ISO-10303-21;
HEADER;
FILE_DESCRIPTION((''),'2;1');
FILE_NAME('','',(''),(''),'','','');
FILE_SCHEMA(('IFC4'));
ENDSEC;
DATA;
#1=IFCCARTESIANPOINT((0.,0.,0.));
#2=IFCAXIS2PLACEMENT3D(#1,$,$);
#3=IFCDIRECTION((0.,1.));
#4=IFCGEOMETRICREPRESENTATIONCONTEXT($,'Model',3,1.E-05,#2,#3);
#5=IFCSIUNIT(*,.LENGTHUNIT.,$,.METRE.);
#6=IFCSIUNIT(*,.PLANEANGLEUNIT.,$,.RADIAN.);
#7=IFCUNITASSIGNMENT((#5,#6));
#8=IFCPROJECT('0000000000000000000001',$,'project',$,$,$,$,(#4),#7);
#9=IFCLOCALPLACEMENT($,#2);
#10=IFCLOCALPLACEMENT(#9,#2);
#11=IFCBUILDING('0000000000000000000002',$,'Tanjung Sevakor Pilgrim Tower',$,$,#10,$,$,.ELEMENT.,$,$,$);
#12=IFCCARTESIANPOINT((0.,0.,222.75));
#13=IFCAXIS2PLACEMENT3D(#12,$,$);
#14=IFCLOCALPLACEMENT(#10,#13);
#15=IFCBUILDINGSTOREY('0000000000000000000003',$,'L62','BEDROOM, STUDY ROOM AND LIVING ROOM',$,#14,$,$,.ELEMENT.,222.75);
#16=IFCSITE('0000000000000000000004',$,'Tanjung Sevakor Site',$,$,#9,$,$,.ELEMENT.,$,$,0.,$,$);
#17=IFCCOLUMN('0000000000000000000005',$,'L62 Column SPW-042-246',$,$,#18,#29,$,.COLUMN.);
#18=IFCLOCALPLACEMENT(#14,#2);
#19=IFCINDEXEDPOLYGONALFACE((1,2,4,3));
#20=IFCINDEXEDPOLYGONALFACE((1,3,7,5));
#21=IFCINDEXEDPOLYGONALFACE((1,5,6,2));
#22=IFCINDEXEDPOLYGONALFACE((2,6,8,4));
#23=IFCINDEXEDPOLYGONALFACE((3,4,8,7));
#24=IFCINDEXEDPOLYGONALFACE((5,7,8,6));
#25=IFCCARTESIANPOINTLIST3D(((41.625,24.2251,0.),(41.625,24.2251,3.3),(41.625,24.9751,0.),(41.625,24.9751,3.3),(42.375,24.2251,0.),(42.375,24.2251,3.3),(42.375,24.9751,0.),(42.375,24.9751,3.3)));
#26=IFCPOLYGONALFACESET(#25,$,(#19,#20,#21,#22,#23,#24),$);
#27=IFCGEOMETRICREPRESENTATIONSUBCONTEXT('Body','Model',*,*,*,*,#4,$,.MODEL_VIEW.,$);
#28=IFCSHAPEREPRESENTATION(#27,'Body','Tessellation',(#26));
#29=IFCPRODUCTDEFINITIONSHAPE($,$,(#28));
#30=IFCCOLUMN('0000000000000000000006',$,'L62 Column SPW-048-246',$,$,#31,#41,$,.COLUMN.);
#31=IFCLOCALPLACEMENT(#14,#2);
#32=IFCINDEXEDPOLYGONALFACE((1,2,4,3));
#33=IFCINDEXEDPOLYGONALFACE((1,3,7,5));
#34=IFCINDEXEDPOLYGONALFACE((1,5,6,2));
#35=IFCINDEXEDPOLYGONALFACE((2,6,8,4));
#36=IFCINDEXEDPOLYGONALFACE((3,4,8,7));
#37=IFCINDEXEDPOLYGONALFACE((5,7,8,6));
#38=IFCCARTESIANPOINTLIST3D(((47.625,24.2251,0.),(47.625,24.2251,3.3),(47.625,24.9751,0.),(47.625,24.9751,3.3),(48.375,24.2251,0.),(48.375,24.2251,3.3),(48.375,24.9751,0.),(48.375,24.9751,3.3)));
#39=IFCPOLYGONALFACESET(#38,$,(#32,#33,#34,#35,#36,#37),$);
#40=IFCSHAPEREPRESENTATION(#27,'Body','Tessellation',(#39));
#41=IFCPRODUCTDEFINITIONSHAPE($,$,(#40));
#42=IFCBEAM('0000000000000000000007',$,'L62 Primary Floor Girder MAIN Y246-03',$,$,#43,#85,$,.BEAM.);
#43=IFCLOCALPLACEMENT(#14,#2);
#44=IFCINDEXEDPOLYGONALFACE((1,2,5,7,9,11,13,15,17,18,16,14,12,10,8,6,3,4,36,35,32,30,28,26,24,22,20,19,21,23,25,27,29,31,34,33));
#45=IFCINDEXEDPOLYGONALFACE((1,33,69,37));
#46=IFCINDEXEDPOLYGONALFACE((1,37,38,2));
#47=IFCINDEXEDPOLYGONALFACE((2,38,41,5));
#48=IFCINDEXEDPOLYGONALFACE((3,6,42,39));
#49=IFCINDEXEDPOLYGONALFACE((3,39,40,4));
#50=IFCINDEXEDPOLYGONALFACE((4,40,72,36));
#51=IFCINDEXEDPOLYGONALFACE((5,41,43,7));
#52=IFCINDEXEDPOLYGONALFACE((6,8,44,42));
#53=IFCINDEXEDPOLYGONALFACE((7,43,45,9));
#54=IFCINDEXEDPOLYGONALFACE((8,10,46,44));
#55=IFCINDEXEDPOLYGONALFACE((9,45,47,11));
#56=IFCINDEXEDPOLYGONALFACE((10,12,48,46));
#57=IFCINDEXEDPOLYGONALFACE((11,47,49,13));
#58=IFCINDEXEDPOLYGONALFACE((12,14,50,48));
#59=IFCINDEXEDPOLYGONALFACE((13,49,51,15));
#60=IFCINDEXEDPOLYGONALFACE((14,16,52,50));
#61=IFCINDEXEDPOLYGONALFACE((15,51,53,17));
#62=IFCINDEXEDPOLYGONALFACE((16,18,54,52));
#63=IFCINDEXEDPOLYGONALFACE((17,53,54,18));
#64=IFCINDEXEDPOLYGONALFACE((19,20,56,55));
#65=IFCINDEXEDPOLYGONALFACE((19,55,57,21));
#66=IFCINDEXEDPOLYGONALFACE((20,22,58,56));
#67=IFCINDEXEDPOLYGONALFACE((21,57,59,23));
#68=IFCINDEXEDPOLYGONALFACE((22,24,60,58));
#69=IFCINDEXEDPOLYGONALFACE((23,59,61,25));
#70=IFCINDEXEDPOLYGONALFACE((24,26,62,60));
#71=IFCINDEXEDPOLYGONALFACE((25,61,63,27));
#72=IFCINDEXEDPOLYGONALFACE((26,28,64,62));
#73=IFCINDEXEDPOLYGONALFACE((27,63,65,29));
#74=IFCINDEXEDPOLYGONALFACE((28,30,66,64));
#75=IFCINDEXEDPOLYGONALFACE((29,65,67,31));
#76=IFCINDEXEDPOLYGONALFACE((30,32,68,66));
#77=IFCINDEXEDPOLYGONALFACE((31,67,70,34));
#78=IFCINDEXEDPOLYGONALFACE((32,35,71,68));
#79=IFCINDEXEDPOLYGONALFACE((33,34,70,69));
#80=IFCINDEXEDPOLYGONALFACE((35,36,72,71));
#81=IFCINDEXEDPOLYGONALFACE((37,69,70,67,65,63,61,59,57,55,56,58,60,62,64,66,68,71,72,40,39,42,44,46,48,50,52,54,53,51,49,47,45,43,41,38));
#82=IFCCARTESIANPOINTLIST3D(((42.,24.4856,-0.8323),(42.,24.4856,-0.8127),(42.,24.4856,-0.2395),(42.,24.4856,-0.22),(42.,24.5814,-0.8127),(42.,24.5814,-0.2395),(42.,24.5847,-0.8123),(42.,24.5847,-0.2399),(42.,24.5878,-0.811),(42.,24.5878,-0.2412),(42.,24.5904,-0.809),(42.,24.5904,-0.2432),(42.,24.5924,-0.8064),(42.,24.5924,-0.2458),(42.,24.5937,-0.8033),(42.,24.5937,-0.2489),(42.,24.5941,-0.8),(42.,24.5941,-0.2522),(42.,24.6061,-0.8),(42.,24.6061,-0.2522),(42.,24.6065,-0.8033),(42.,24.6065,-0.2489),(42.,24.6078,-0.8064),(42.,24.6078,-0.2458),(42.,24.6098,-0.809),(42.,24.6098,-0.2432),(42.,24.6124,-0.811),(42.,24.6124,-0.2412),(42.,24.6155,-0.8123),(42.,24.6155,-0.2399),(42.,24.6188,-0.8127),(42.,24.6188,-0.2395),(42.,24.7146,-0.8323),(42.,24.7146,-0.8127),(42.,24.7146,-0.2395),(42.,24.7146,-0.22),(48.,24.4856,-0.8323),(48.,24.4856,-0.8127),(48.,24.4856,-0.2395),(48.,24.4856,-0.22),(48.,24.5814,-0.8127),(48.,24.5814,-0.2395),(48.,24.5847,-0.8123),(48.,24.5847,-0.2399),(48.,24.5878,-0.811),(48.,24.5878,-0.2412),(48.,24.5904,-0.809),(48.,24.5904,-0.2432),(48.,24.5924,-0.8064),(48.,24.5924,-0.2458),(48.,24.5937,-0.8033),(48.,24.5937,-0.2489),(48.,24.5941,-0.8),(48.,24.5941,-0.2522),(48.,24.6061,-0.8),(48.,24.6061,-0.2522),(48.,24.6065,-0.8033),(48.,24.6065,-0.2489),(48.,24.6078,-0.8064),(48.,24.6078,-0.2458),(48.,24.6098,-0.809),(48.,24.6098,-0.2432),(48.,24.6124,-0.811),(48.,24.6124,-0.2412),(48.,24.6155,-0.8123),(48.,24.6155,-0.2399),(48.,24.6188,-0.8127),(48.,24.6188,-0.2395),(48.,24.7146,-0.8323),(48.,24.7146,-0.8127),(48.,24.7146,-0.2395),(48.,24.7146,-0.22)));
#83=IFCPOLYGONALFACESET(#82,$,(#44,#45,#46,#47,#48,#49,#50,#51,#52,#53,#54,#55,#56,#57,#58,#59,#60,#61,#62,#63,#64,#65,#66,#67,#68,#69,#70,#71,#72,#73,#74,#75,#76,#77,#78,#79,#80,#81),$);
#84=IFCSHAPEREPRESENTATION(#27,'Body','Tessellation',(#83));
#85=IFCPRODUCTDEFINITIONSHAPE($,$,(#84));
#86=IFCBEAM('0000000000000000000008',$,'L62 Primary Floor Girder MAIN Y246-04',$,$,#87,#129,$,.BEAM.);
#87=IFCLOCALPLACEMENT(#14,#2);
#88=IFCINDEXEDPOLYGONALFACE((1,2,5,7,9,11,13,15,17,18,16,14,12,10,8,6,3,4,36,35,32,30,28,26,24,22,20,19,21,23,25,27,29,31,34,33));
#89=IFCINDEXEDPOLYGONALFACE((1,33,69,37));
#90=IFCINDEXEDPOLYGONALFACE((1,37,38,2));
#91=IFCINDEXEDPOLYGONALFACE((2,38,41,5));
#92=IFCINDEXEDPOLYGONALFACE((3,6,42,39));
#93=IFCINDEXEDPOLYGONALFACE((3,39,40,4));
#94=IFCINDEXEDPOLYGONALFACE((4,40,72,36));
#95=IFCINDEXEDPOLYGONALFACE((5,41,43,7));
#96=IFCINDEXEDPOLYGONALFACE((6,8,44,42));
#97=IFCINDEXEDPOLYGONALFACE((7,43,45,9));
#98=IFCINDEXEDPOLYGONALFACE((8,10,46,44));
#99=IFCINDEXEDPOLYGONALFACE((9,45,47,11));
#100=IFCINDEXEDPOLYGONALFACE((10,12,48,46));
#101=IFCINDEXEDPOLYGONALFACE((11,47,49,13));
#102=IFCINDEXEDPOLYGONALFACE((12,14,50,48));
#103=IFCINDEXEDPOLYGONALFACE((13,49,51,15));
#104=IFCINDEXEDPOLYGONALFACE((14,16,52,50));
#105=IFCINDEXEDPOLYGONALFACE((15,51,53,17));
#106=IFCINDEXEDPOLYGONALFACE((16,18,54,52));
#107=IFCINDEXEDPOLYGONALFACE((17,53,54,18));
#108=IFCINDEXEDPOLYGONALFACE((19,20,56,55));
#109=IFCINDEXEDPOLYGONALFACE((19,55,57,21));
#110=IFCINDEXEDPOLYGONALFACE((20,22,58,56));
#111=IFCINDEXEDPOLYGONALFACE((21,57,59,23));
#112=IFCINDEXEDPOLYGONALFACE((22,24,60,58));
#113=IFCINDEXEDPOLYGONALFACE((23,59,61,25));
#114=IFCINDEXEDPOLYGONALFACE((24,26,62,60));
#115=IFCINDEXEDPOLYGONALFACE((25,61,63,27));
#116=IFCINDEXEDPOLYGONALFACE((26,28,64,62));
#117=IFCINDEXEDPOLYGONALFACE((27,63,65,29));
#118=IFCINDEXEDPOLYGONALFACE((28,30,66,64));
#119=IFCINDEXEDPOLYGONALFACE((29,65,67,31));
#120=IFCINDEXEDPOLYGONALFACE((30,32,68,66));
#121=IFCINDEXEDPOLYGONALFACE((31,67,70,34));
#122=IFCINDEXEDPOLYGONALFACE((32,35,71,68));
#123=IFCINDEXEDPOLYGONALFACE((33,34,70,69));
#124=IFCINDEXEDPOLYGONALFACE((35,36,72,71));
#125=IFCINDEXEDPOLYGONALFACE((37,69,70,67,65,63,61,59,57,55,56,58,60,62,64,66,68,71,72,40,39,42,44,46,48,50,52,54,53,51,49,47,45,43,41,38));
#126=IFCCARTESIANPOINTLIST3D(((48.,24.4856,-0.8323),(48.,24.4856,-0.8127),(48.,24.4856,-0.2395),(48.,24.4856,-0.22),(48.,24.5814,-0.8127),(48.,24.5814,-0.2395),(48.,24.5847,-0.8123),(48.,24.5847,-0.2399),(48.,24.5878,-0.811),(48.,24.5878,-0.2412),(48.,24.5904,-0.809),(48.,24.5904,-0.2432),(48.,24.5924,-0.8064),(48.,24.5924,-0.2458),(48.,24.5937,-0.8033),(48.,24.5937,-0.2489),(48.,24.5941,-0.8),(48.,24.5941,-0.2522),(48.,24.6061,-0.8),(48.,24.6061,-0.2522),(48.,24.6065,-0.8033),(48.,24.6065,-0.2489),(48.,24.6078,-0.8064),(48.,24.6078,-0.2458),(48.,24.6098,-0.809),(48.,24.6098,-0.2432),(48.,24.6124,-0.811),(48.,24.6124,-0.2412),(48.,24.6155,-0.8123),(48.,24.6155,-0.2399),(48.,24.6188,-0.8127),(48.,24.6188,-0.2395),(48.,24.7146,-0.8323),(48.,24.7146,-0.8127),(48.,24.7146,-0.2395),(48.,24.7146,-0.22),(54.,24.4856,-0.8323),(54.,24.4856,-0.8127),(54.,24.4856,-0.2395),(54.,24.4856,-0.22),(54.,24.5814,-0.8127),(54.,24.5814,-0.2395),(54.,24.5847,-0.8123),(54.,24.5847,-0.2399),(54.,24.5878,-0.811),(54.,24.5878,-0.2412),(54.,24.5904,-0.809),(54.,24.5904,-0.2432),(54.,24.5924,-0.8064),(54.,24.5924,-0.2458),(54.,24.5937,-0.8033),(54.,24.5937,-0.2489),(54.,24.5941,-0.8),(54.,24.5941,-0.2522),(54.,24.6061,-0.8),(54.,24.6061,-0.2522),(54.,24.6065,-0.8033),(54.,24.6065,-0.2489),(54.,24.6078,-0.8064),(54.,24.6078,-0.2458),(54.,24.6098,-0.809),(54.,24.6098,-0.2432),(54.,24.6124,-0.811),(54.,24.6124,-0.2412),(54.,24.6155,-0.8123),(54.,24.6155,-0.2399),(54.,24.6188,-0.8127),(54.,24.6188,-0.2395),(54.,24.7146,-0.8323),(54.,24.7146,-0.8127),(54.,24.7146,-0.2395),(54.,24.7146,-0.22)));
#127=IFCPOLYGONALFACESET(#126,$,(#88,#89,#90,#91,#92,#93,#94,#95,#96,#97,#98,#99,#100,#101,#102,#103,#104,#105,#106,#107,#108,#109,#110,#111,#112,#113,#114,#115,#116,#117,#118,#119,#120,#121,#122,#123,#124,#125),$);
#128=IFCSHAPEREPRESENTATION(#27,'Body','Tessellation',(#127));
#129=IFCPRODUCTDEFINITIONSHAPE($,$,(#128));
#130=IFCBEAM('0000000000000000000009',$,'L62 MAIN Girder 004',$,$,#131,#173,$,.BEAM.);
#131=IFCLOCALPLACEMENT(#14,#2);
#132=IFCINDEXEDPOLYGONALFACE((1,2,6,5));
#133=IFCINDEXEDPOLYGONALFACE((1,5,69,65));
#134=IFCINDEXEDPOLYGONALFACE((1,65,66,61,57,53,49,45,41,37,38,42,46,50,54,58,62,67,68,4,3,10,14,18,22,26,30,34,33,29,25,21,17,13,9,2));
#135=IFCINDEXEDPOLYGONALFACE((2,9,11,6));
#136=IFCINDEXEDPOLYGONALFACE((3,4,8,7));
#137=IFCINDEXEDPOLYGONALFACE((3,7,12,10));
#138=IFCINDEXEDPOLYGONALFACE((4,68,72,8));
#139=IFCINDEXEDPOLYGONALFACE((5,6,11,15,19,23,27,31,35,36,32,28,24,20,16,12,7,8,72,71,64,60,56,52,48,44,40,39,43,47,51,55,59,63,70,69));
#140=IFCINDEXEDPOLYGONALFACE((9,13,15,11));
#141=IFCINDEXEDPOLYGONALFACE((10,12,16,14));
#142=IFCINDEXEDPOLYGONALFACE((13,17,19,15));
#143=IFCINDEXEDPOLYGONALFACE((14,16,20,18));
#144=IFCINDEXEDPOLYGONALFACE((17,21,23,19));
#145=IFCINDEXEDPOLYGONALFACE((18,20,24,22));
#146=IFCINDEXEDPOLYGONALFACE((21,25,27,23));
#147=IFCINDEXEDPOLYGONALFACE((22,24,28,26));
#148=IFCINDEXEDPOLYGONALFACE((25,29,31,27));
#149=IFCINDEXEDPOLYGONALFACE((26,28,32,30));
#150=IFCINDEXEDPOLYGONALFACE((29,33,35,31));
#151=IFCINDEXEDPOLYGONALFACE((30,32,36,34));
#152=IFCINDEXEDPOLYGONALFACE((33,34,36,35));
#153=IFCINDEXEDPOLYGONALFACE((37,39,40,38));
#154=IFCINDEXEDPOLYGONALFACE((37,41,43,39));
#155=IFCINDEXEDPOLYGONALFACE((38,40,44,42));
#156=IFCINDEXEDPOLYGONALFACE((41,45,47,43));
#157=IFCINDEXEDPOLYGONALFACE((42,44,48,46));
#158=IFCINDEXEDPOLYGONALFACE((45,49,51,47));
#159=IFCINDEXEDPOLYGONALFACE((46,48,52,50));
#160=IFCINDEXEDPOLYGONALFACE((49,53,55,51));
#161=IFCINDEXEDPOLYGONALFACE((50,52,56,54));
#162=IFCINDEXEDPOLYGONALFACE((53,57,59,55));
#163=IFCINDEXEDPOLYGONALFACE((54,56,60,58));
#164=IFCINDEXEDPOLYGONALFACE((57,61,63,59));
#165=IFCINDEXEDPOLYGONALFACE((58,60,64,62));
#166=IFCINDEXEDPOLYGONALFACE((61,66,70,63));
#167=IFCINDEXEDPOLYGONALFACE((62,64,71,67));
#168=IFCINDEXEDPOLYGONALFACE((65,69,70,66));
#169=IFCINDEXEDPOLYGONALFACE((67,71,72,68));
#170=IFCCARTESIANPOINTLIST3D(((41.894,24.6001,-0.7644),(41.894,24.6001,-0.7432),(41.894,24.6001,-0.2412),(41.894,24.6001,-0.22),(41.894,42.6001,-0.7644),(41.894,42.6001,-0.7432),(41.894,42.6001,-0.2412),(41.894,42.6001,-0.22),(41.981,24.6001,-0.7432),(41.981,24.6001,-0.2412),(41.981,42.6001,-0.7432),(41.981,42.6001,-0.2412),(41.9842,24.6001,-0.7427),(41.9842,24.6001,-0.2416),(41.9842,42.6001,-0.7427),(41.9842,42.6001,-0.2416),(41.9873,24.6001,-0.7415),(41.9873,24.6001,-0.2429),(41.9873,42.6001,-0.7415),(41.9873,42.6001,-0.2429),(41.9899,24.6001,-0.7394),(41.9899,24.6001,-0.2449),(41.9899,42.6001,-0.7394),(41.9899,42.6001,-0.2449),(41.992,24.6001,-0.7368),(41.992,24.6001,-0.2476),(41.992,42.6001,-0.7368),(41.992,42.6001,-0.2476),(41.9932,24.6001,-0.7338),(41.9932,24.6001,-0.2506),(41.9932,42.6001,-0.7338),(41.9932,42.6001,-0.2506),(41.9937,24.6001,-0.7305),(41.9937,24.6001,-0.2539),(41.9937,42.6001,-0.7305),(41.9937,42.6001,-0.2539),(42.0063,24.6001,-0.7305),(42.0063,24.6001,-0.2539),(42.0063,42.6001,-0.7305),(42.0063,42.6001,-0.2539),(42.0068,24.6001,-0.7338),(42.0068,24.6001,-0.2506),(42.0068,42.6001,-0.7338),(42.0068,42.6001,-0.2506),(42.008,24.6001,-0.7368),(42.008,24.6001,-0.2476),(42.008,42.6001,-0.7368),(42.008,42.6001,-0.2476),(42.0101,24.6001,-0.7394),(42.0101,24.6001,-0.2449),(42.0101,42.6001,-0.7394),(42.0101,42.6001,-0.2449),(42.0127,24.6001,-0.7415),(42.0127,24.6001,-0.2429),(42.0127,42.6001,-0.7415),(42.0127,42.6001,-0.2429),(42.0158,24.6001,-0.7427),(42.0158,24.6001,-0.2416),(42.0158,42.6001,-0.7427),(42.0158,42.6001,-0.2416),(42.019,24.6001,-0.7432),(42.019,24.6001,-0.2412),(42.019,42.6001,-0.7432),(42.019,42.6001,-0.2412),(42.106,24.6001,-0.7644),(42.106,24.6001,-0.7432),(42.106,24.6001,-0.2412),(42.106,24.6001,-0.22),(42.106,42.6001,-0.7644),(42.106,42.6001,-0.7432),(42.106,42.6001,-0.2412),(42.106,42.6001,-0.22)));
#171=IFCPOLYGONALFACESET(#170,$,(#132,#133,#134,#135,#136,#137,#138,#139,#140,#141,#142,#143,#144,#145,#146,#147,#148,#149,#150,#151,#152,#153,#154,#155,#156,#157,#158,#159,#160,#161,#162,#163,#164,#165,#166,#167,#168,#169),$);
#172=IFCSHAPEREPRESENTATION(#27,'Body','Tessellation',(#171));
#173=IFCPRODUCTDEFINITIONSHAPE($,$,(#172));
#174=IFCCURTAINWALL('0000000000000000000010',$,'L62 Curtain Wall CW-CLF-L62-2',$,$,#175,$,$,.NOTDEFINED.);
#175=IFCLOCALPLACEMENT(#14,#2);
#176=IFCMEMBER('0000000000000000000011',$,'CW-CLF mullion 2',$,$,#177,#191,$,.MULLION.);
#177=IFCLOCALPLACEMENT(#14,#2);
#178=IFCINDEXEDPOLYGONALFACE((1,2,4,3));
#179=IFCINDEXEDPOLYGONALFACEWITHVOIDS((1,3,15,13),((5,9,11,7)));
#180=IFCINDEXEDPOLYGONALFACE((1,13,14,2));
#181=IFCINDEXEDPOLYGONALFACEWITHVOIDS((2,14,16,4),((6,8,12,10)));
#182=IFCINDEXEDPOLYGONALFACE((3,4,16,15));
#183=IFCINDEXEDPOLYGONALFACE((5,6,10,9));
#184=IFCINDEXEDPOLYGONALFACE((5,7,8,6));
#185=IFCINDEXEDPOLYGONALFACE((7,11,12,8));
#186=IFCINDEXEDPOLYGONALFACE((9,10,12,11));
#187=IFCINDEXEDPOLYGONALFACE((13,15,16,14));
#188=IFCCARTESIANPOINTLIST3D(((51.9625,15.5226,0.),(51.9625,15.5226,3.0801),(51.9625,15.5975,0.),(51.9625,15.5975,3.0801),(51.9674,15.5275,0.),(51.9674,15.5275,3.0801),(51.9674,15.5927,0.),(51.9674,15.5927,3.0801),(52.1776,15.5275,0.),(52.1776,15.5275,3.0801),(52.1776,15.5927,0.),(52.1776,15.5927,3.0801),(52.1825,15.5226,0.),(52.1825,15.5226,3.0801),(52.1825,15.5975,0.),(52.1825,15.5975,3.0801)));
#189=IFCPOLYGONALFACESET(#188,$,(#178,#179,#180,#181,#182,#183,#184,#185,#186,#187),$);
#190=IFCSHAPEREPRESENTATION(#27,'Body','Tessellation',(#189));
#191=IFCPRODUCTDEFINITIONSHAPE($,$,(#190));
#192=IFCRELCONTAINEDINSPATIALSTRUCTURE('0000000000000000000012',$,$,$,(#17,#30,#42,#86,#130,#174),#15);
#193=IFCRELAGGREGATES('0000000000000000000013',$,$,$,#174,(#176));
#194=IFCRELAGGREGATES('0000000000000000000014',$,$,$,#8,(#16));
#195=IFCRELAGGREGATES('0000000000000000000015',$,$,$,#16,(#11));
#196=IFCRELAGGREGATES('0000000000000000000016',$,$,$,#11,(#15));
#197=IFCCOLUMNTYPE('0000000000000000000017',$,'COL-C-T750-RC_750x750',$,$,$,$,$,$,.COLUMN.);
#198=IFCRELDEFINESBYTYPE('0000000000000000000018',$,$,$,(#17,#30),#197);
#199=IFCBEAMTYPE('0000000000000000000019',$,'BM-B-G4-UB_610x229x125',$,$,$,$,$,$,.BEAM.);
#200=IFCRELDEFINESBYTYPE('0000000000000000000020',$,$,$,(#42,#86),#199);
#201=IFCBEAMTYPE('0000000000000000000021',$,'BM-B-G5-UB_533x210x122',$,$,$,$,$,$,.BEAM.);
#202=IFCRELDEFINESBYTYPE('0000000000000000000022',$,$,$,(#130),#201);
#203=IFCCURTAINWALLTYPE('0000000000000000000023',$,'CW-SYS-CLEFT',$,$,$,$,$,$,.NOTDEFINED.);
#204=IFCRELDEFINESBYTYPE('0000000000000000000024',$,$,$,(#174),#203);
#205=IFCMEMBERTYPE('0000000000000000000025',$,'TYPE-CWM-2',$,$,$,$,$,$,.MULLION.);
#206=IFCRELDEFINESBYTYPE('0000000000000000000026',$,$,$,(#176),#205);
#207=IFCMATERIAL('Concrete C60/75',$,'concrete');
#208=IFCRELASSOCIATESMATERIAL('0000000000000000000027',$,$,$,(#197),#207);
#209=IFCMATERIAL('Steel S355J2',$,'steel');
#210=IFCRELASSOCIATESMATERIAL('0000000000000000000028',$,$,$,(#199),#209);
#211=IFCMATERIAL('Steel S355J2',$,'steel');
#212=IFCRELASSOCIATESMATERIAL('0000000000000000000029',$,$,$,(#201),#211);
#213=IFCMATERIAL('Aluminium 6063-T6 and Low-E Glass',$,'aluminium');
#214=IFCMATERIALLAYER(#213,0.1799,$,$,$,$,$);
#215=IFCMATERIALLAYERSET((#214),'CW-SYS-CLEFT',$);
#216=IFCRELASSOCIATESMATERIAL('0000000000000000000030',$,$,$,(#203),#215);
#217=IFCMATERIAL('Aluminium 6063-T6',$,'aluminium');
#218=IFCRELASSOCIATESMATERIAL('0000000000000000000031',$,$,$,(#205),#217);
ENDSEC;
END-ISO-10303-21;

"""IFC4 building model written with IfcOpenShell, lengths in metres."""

from ifc_helpers import new_model, si_unit, direction, frame, origin, origin_2d, place, context, subcontext, project, spatial, rectangle, hollow_rectangle, i_section, extrude, material, layer, layer_set, material_profile, profile_set, type_object, element, aggregate, save


model = new_model("IFC4")

# Units and contexts
model_context = context("Model", 3, precision=1e-05, world=origin(), true_north=direction((0.0, 1.0)))
body_context = subcontext(model_context, "Body", "Model", "MODEL_VIEW")
ifc_project = project(units=[si_unit("LENGTHUNIT", "METRE"), si_unit("PLANEANGLEUNIT", "RADIAN")], contexts=[model_context])

# Site, building, storey
site_placement = place(None, origin())
site = spatial("IfcSite", under=ifc_project, at=site_placement, Name="Tanjung Sevakor Site", CompositionType="ELEMENT", RefElevation=0.0)
building_placement = place(site_placement, origin())
building = spatial("IfcBuilding", under=site, at=building_placement, Name="Tanjung Sevakor Pilgrim Tower", CompositionType="ELEMENT")
storey_placement = place(building_placement, frame((0.0, 0.0, 222.75)))
storey = spatial("IfcBuildingStorey", under=building, at=storey_placement, Name="L62", Description="BEDROOM, STUDY ROOM AND LIVING ROOM", CompositionType="ELEMENT", Elevation=222.75)

# Columns
ifc_material_1 = material(Name="Concrete C60/75", Category="concrete")
ifc_material_profile_1 = material_profile(ifc_material_1, rectangle(XDim=0.75, YDim=0.75, at=origin_2d()))
ifc_profile_set_1 = profile_set([ifc_material_profile_1], Name="Concrete C60/75")
column_type = type_object("IfcColumnType", Name="COL-C-T750-RC_750x750", PredefinedType="COLUMN", material=ifc_profile_set_1)
for number, where, z_axis, x_axis, name in (
    (1, (42.0, 24.6001, 0.0), (0.0, 0.0, 1.0), (1.0, 0.0, 0.0), "L62 Column SPW-042-246"),
    (2, (48.0, 24.6001, 0.0), (0.0, 0.0, 1.0), (1.0, 0.0, 0.0), "L62 Column SPW-048-246"),
):
    element("IfcColumn", number, at=place(storey_placement, frame(where, z_axis=z_axis, x_axis=x_axis)), inside=storey, type_object=column_type, Name=name, PredefinedType="COLUMN", context=body_context, shape_type="SweptSolid", body=[
        extrude(rectangle(XDim=0.75, YDim=0.75, at=origin_2d()), origin(), (0.0, 0.0, 1.0), 3.3),
    ])

# Beams
ifc_material_2 = material(Name="Steel S355J2", Category="steel")
ifc_material_profile_2 = material_profile(ifc_material_2, i_section(OverallWidth=0.229, OverallDepth=0.6123, WebThickness=0.012, FlangeThickness=0.0195, FilletRadius=0.0127, at=origin_2d()))
ifc_profile_set_2 = profile_set([ifc_material_profile_2], Name="Steel S355J2")
beam_type_1 = type_object("IfcBeamType", Name="BM-B-G4-UB_610x229x125", PredefinedType="BEAM", material=ifc_profile_set_2)
for number, where, z_axis, x_axis, name in (
    (3, (42.0, 24.6001, -0.5261), (1.0, 0.0, 0.0), (0.0, 1.0, 0.0), "L62 Primary Floor Girder MAIN Y246-03"),
    (4, (48.0, 24.6001, -0.5261), (1.0, 0.0, 0.0), (0.0, 1.0, 0.0), "L62 Primary Floor Girder MAIN Y246-04"),
):
    element("IfcBeam", number, at=place(storey_placement, frame(where, z_axis=z_axis, x_axis=x_axis)), inside=storey, type_object=beam_type_1, Name=name, PredefinedType="BEAM", context=body_context, shape_type="SweptSolid", body=[
        extrude(i_section(OverallWidth=0.229, OverallDepth=0.6123, WebThickness=0.012, FlangeThickness=0.0195, FilletRadius=0.0127, at=origin_2d()), origin(), (0.0, 0.0, 1.0), 6.0),
    ])
ifc_material_3 = material(Name="Steel S355J2", Category="steel")
ifc_material_profile_3 = material_profile(ifc_material_3, i_section(OverallWidth=0.2119, OverallDepth=0.5444, WebThickness=0.0127, FlangeThickness=0.0212, FilletRadius=0.0127, at=origin_2d()))
ifc_profile_set_3 = profile_set([ifc_material_profile_3], Name="Steel S355J2")
beam_type_2 = type_object("IfcBeamType", Name="BM-B-G5-UB_533x210x122", PredefinedType="BEAM", material=ifc_profile_set_3)
beam_placement = place(storey_placement, frame((42.0, 24.6001, -0.4922), z_axis=(0.0, 1.0, 0.0), x_axis=(-1.0, 0.0, 0.0)))
element("IfcBeam", 5, at=beam_placement, inside=storey, type_object=beam_type_2, Name="L62 MAIN Girder 004", PredefinedType="BEAM", context=body_context, shape_type="SweptSolid", body=[
    extrude(i_section(OverallWidth=0.2119, OverallDepth=0.5444, WebThickness=0.0127, FlangeThickness=0.0212, FilletRadius=0.0127, at=origin_2d()), origin(), (0.0, 0.0, 1.0), 18.0),
])

# Curtain wall, member
ifc_material_4 = material(Name="Aluminium 6063-T6 and Low-E Glass", Category="aluminium")
ifc_layer_1 = layer(ifc_material_4, 0.1799)
ifc_layer_set_1 = layer_set([ifc_layer_1], Name="CW-SYS-CLEFT")
curtain_wall_type = type_object("IfcCurtainWallType", Name="CW-SYS-CLEFT", PredefinedType="NOTDEFINED", material=ifc_layer_set_1)
curtain_wall_placement = place(storey_placement, origin())
curtain_wall = element("IfcCurtainWall", 6, at=curtain_wall_placement, inside=storey, type_object=curtain_wall_type, Name="L62 Curtain Wall CW-CLF-L62-2", PredefinedType="NOTDEFINED")
ifc_material_5 = material(Name="Aluminium 6063-T6", Category="aluminium")
ifc_material_profile_4 = material_profile(ifc_material_5, hollow_rectangle(XDim=0.075, YDim=0.22, WallThickness=0.0049, at=origin_2d()))
ifc_profile_set_4 = profile_set([ifc_material_profile_4], Name="Aluminium 6063-T6")
member_type = type_object("IfcMemberType", Name="TYPE-CWM-2", PredefinedType="MULLION", material=ifc_profile_set_4)
member_placement = place(storey_placement, frame((52.0725, 15.5601, 0.0), z_axis=(0.0, 0.0, 1.0), x_axis=(0.0, 1.0, 0.0)))
member = element("IfcMember", 7, at=member_placement, type_object=member_type, Name="CW-CLF mullion 2", PredefinedType="MULLION", context=body_context, shape_type="SweptSolid", body=[
    extrude(hollow_rectangle(XDim=0.075, YDim=0.22, WallThickness=0.0049, at=origin_2d()), origin(), (0.0, 0.0, 1.0), 3.0801),
])
aggregate(curtain_wall, [member])

save(model, "model.ifc")
